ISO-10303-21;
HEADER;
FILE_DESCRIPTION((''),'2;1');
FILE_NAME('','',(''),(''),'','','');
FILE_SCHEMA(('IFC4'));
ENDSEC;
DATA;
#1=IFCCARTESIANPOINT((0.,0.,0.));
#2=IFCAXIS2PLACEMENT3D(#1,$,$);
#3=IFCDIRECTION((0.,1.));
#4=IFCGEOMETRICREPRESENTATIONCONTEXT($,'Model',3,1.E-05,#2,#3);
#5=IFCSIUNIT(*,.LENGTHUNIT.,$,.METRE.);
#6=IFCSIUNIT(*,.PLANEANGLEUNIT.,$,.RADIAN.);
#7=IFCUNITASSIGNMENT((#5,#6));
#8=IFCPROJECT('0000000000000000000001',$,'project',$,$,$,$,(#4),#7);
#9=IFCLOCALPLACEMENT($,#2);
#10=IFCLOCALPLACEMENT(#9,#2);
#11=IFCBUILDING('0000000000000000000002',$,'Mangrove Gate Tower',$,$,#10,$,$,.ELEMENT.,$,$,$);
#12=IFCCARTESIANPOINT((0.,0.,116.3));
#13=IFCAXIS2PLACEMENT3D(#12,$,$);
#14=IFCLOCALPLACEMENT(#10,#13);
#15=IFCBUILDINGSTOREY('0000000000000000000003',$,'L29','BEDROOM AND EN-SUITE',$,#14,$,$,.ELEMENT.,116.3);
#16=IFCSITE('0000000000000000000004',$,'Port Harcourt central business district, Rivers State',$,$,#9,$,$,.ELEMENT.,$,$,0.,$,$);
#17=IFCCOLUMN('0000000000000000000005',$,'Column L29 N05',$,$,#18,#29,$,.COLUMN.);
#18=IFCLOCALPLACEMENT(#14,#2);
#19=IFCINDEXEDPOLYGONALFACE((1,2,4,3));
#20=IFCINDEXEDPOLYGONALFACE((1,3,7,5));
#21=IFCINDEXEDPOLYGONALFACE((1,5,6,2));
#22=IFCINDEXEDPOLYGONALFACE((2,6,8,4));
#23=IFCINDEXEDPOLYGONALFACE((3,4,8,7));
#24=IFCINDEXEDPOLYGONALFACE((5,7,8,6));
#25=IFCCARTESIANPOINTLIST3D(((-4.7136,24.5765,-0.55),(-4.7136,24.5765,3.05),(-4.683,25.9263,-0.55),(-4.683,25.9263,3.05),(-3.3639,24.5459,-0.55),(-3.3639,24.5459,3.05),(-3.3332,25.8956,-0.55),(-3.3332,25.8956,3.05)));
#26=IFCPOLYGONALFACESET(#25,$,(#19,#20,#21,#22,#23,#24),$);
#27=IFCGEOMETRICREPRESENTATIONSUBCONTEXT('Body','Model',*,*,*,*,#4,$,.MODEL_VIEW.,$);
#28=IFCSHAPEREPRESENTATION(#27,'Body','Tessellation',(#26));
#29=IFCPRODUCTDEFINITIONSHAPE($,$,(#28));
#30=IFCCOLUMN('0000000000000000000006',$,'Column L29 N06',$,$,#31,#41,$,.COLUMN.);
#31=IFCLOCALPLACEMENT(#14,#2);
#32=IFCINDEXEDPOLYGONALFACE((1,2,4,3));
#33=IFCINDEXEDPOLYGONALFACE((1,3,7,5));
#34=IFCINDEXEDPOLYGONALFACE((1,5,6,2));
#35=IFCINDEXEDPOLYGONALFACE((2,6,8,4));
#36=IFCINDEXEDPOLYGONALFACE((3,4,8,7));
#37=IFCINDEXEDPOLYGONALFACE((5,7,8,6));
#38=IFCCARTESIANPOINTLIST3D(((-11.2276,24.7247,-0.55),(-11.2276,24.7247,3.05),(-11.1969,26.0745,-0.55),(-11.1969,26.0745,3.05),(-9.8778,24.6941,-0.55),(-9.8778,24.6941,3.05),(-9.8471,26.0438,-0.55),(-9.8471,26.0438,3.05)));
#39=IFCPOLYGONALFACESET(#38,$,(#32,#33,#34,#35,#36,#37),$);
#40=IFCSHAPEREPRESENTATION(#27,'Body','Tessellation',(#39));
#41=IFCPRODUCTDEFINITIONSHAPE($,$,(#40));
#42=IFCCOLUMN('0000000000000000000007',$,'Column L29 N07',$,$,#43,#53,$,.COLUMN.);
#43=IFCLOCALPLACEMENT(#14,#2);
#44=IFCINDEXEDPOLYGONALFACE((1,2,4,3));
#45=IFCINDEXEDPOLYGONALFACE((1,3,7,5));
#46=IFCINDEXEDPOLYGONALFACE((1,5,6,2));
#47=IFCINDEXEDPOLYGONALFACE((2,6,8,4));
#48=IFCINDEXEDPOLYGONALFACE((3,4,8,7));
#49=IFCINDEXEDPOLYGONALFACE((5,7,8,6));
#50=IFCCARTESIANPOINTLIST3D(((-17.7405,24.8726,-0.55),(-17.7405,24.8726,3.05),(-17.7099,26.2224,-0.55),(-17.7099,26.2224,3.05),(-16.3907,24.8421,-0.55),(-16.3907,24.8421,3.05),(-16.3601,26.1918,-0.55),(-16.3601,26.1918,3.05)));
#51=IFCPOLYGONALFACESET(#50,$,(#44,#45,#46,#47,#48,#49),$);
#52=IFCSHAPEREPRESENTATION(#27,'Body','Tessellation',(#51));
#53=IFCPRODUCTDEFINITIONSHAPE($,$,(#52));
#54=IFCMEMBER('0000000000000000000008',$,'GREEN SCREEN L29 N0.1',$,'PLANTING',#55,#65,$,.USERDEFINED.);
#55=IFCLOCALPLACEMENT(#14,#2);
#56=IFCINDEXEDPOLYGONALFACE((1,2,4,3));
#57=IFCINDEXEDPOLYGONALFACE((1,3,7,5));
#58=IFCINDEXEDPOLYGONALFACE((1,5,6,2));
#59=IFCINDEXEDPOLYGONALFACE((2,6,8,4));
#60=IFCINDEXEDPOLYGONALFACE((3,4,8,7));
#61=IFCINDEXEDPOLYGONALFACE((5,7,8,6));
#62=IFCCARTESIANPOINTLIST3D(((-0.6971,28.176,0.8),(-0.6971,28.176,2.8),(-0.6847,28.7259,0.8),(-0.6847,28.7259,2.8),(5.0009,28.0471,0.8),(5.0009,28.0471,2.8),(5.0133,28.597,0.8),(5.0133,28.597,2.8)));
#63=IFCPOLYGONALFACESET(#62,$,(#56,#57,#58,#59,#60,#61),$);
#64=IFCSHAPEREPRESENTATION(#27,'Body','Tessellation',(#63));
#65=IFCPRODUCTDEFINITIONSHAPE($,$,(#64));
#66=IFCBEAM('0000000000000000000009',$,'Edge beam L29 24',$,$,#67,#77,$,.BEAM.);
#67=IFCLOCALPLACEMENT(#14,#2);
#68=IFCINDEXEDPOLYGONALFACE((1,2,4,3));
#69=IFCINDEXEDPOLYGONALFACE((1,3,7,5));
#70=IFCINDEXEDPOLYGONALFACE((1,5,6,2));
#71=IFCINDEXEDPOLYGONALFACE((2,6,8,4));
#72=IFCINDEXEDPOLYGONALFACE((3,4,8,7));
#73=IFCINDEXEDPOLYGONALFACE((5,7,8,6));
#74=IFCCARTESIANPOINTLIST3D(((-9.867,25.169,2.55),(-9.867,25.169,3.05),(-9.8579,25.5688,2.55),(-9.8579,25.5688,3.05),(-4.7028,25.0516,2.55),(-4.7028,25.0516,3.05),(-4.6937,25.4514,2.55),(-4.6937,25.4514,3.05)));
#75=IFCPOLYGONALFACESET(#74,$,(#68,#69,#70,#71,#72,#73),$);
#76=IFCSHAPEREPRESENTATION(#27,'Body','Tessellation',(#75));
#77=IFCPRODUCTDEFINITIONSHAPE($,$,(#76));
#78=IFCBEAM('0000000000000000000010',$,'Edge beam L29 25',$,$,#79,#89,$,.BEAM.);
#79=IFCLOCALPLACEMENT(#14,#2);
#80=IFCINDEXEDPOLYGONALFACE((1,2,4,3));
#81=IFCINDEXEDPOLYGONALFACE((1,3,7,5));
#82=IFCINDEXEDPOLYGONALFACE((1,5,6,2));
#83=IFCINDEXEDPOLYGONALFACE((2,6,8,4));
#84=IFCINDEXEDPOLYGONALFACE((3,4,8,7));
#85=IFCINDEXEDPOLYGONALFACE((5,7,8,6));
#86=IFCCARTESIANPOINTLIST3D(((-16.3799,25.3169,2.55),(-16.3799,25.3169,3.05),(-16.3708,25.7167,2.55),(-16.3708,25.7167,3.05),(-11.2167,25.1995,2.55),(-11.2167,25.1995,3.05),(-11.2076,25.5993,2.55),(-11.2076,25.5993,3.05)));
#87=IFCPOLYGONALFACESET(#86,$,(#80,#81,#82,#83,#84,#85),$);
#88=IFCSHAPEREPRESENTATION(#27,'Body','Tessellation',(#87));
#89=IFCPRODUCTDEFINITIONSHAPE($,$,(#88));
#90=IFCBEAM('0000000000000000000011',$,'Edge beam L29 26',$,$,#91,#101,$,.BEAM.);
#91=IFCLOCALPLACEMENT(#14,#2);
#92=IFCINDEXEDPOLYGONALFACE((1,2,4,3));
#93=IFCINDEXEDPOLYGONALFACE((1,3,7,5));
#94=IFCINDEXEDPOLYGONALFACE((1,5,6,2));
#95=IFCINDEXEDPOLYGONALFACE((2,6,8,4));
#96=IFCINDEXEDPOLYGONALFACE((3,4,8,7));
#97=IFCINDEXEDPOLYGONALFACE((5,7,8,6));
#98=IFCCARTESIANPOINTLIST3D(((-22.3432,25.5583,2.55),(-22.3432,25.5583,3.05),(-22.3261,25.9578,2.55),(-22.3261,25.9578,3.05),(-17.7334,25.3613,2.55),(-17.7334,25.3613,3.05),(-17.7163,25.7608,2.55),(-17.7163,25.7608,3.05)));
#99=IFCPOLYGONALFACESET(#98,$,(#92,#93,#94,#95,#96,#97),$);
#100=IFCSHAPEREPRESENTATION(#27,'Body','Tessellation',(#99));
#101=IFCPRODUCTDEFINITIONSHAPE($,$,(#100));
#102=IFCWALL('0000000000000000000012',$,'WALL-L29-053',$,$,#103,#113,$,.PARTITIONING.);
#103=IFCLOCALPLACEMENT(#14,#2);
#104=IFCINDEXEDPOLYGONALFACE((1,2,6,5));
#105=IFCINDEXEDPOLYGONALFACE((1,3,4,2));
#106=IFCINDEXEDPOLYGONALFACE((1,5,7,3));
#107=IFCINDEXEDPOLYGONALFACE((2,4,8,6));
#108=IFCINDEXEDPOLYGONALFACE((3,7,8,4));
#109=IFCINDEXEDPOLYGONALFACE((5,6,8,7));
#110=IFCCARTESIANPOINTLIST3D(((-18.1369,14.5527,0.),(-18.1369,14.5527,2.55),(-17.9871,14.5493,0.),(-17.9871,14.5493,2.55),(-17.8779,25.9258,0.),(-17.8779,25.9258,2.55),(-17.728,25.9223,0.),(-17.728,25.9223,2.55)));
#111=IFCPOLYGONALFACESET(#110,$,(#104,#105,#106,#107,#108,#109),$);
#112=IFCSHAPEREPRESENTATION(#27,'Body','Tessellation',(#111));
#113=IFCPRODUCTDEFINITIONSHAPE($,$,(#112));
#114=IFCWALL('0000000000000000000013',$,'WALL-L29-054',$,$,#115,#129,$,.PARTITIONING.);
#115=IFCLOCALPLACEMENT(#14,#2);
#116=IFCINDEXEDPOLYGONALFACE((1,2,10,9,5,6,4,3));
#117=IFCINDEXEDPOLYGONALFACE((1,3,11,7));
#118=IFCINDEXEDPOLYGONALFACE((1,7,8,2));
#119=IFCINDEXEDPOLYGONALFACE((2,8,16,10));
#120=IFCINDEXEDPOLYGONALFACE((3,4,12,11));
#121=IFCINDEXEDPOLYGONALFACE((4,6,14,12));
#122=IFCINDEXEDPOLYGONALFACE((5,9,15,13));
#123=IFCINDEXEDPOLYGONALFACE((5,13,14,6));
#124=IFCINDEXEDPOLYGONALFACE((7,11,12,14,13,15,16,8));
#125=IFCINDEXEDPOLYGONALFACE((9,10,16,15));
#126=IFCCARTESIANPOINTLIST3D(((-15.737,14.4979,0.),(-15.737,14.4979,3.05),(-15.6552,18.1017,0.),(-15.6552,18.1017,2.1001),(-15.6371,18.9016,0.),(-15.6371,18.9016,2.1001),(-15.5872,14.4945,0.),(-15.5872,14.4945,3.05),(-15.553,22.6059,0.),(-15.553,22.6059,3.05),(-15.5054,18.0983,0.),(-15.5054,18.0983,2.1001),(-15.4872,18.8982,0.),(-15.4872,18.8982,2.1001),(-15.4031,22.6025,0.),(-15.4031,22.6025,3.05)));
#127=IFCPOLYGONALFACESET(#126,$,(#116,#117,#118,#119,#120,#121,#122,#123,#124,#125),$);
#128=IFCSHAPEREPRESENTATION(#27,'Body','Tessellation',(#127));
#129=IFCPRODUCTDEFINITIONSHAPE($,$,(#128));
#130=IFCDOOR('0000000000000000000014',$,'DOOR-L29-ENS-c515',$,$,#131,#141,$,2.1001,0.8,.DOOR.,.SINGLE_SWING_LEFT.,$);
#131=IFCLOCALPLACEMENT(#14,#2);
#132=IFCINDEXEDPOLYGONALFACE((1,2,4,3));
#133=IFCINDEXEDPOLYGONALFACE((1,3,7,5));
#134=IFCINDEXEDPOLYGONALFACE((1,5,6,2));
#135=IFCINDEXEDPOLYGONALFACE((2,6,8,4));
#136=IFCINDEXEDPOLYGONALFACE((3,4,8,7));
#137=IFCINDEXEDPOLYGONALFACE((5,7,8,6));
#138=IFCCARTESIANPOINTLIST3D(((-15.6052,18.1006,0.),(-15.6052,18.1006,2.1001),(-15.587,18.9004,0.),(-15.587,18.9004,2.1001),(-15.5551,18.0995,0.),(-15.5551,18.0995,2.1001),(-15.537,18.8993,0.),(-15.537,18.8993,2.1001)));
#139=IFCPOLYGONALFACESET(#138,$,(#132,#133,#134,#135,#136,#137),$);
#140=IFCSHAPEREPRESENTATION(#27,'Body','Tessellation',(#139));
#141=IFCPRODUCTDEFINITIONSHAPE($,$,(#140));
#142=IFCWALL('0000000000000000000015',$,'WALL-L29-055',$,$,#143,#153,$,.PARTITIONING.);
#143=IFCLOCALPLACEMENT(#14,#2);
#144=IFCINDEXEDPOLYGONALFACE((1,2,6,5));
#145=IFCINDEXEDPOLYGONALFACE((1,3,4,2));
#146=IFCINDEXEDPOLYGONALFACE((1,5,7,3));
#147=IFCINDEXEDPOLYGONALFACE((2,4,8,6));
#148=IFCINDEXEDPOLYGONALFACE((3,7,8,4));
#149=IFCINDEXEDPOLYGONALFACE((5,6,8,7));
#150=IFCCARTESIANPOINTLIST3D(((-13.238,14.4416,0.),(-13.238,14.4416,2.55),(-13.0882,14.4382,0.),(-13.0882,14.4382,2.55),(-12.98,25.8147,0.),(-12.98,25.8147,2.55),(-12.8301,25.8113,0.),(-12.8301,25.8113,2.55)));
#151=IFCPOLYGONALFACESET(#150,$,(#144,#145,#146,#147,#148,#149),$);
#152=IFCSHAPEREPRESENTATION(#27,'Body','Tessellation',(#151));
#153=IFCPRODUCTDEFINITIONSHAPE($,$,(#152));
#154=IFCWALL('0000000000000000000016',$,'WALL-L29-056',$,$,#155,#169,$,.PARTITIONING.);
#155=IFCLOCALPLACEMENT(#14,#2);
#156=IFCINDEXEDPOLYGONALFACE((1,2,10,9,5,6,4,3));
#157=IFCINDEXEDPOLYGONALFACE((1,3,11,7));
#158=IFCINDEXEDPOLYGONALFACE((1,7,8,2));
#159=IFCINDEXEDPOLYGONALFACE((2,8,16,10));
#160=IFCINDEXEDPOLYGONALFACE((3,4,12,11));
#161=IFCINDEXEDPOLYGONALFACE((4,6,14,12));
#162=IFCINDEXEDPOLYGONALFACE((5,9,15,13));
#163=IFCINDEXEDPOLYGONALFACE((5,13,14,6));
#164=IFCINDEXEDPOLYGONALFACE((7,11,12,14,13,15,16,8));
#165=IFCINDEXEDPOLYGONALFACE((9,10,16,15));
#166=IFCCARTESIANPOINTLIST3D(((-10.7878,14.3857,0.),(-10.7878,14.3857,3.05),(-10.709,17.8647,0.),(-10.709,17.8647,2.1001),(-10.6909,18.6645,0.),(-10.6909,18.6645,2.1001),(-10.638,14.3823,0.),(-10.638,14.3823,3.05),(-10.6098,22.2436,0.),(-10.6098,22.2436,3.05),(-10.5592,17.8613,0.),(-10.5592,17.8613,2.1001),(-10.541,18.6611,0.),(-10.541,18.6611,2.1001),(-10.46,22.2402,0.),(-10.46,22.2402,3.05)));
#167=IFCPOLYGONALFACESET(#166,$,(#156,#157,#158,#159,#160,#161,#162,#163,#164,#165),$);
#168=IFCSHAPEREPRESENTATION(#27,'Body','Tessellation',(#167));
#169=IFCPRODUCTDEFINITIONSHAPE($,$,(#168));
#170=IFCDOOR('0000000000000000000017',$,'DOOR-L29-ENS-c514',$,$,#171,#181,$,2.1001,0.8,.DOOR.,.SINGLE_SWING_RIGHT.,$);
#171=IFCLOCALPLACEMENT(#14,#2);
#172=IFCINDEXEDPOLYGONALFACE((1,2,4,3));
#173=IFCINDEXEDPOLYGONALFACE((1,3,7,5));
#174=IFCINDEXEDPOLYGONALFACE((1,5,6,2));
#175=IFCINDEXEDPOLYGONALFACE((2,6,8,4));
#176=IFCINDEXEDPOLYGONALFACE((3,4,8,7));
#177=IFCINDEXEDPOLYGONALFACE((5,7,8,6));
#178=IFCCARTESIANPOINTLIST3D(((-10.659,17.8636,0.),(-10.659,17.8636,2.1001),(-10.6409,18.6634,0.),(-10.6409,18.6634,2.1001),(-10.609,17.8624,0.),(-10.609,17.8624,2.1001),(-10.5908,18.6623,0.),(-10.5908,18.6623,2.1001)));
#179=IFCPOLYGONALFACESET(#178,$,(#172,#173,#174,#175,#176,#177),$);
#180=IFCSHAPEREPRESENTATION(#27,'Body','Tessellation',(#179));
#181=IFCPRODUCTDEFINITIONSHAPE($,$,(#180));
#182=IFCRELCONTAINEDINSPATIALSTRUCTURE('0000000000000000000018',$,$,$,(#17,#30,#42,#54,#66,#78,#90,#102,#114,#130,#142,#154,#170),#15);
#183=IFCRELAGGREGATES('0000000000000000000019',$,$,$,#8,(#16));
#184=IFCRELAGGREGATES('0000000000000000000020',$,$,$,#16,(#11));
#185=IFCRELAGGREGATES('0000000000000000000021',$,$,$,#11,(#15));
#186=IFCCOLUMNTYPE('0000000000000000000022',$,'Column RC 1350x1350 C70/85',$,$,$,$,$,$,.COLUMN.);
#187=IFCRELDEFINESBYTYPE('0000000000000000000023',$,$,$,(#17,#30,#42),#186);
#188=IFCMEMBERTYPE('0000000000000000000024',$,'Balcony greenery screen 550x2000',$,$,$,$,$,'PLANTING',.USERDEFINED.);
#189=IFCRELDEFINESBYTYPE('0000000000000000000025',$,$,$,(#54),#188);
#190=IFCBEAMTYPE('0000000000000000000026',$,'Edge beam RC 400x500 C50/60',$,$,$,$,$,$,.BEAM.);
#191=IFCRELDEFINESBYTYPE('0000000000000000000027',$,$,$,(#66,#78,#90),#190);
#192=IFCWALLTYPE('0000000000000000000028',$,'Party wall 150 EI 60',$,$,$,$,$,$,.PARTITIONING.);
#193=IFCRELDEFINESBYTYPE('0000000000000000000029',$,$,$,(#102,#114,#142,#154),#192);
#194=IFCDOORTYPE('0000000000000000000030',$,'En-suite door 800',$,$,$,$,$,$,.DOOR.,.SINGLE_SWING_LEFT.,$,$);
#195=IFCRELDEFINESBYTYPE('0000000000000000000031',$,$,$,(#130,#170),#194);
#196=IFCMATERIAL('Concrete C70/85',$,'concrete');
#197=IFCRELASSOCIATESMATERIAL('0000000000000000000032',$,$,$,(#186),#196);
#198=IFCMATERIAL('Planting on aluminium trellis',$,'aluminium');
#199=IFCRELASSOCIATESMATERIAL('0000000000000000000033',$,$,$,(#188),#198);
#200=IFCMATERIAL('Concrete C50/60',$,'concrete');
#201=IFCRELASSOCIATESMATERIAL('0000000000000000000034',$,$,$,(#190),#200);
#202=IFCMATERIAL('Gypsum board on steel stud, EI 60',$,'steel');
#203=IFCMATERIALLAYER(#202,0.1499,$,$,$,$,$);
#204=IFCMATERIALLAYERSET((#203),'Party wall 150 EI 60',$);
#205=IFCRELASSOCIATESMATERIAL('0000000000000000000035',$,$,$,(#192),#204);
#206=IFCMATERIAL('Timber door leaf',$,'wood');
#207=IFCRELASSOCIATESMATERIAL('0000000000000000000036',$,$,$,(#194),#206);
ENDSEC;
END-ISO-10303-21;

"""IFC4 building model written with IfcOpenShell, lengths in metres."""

from ifc_helpers import new_model, si_unit, direction, frame, frame_2d, origin, origin_2d, place, context, subcontext, project, spatial, rectangle, extrude, material, layer, layer_set, material_profile, profile_set, type_object, element, fill, save


model = new_model("IFC4")

# Units and contexts
model_context = context("Model", 3, precision=1e-05, world=origin(), true_north=direction((0.0, 1.0)))
body_context = subcontext(model_context, "Body", "Model", "MODEL_VIEW")
ifc_project = project(units=[si_unit("LENGTHUNIT", "METRE"), si_unit("PLANEANGLEUNIT", "RADIAN")], contexts=[model_context])

# Site, building, storey
site_placement = place(None, origin())
site = spatial("IfcSite", under=ifc_project, at=site_placement, Name="Port Harcourt central business district, Rivers State", CompositionType="ELEMENT", RefElevation=0.0)
building_placement = place(site_placement, origin())
building = spatial("IfcBuilding", under=site, at=building_placement, Name="Mangrove Gate Tower", CompositionType="ELEMENT")
storey_placement = place(building_placement, frame((0.0, 0.0, 116.3)))
storey = spatial("IfcBuildingStorey", under=building, at=storey_placement, Name="L29", Description="BEDROOM AND EN-SUITE", CompositionType="ELEMENT", Elevation=116.3)

# Columns
ifc_material_1 = material(Name="Concrete C70/85", Category="concrete")
ifc_material_profile_1 = material_profile(ifc_material_1, rectangle(XDim=1.3501, YDim=1.3501, at=origin_2d()))
ifc_profile_set_1 = profile_set([ifc_material_profile_1], Name="Concrete C70/85")
column_type = type_object("IfcColumnType", Name="Column RC 1350x1350 C70/85", PredefinedType="COLUMN", material=ifc_profile_set_1)
for number, where, z_axis, x_axis, name in (
    (1, (-4.0234, 25.2361, -0.55), (0.0, 0.0, 1.0), (-0.999742, 0.022714, 0.0), "Column L29 N05"),
    (2, (-10.5374, 25.3843, -0.55), (0.0, 0.0, 1.0), (-0.999742, 0.022716, 0.0), "Column L29 N06"),
    (3, (-17.0503, 25.5322, -0.55), (0.0, 0.0, 1.0), (-0.999744, 0.022639, 0.0), "Column L29 N07"),
):
    element("IfcColumn", number, at=place(storey_placement, frame(where, z_axis=z_axis, x_axis=x_axis)), inside=storey, type_object=column_type, Name=name, PredefinedType="COLUMN", context=body_context, shape_type="SweptSolid", body=[
        extrude(rectangle(XDim=1.3501, YDim=1.3501, at=origin_2d()), origin(), (0.0, 0.0, 1.0), 3.6001),
    ])

# Member
ifc_material_2 = material(Name="Planting on aluminium trellis", Category="aluminium")
ifc_material_profile_2 = material_profile(ifc_material_2, rectangle(XDim=0.55, YDim=2.0, at=origin_2d()))
ifc_profile_set_2 = profile_set([ifc_material_profile_2], Name="Planting on aluminium trellis")
member_type = type_object("IfcMemberType", Name="Balcony greenery screen 550x2000", ElementType="PLANTING", PredefinedType="USERDEFINED", material=ifc_profile_set_2)
member_placement = place(storey_placement, frame((-0.6909, 28.4509, 1.8), z_axis=(0.999744, -0.022617, 0.0), x_axis=(0.022617, 0.999744, 0.0)))
element("IfcMember", 4, at=member_placement, inside=storey, type_object=member_type, Name="GREEN SCREEN L29 N0.1", ObjectType="PLANTING", PredefinedType="USERDEFINED", context=body_context, shape_type="SweptSolid", body=[
    extrude(rectangle(XDim=0.55, YDim=2.0, at=origin_2d()), origin(), (0.0, 0.0, 1.0), 5.6995),
])

# Beams
ifc_material_3 = material(Name="Concrete C50/60", Category="concrete")
ifc_material_profile_3 = material_profile(ifc_material_3, rectangle(XDim=0.3999, YDim=0.5, at=origin_2d()))
ifc_profile_set_3 = profile_set([ifc_material_profile_3], Name="Concrete C50/60")
beam_type = type_object("IfcBeamType", Name="Edge beam RC 400x500 C50/60", PredefinedType="BEAM", material=ifc_profile_set_3)
beam_1_placement = place(storey_placement, frame((-4.6982, 25.2515, 2.8), z_axis=(-0.999742, 0.022733, 0.0), x_axis=(-0.022733, -0.999742, 0.0)))
element("IfcBeam", 5, at=beam_1_placement, inside=storey, type_object=beam_type, Name="Edge beam L29 24", PredefinedType="BEAM", context=body_context, shape_type="SweptSolid", body=[
    extrude(rectangle(XDim=0.3999, YDim=0.5, at=origin_2d()), origin(), (0.0, 0.0, 1.0), 5.1655),
])
beam_2_placement = place(storey_placement, frame((-11.2122, 25.3994, 2.8), z_axis=(-0.999741, 0.022738, 0.0), x_axis=(-0.022738, -0.999741, 0.0)))
element("IfcBeam", 6, at=beam_2_placement, inside=storey, type_object=beam_type, Name="Edge beam L29 25", PredefinedType="BEAM", context=body_context, shape_type="SweptSolid", body=[
    extrude(rectangle(XDim=0.3999, YDim=0.5, at=origin_2d()), origin(), (0.0, 0.0, 1.0), 5.1646),
])
beam_3_placement = place(storey_placement, frame((-17.7249, 25.561, 2.8), z_axis=(-0.999088, 0.0427, 0.0), x_axis=(-0.0427, -0.999088, 0.0)))
element("IfcBeam", 7, at=beam_3_placement, inside=storey, type_object=beam_type, Name="Edge beam L29 26", PredefinedType="BEAM", context=body_context, shape_type="SweptSolid", body=[
    extrude(rectangle(XDim=0.3999, YDim=0.5, at=origin_2d()), origin(), (0.0, 0.0, 1.0), 4.614),
])

# Wall
ifc_material_4 = material(Name="Gypsum board on steel stud, EI 60", Category="steel")
ifc_layer_1 = layer(ifc_material_4, 0.1499)
ifc_layer_set_1 = layer_set([ifc_layer_1], Name="Party wall 150 EI 60")
wall_type_1 = type_object("IfcWallType", Name="Party wall 150 EI 60", PredefinedType="PARTITIONING", material=ifc_layer_set_1)
wall_1_placement = place(storey_placement, frame((-18.062, 14.551, 0.0), z_axis=(0.0, 0.0, 1.0), x_axis=(0.02277, 0.999741, 0.0)))
element("IfcWall", 8, at=wall_1_placement, inside=storey, type_object=wall_type_1, Name="WALL-L29-053", PredefinedType="PARTITIONING", context=body_context, shape_type="SweptSolid", body=[
    extrude(rectangle(XDim=11.376, YDim=0.1499, at=frame_2d((5.688, 0.0))), origin(), (0.0, 0.0, 1.0), 2.55),
])

# Wall, opening, door
wall_2_placement = place(storey_placement, frame((-15.6621, 14.4961, 0.0), z_axis=(0.0, 0.0, 1.0), x_axis=(0.022698, 0.999742, 0.0)))
wall_2 = element("IfcWall", 9, at=wall_2_placement, inside=storey, type_object=wall_type_1, Name="WALL-L29-054", PredefinedType="PARTITIONING", context=body_context, shape_type="SweptSolid", body=[
    extrude(rectangle(XDim=8.1101, YDim=0.1499, at=frame_2d((4.0552, 0.0))), origin(), (0.0, 0.0, 1.0), 3.05),
])
opening_1_placement = place(wall_2_placement, frame((3.605, 0.0, 0.0)))
opening_1 = element("IfcOpeningElement", 10, at=opening_1_placement, cuts=wall_2, PredefinedType="OPENING", context=body_context, shape_type="SweptSolid", body=[
    extrude(rectangle(XDim=0.8, YDim=2.1001, at=frame_2d((0.3999, 1.05))), frame((0.0, 0.085, 0.0), z_axis=(0.0, -1.0, 0.0), x_axis=(1.0, 0.0, 0.0)), (0.0, 0.0, 1.0), 0.1699),
])
ifc_material_5 = material(Name="Timber door leaf", Category="wood")
door_type = type_object("IfcDoorType", Name="En-suite door 800", OperationType="SINGLE_SWING_LEFT", PredefinedType="DOOR", material=ifc_material_5)
door_1_placement = place(opening_1_placement, origin())
door_1 = element("IfcDoor", 11, at=door_1_placement, inside=storey, type_object=door_type, Name="DOOR-L29-ENS-c515", OperationType="SINGLE_SWING_LEFT", OverallHeight=2.1001, OverallWidth=0.8, PredefinedType="DOOR", context=body_context, shape_type="SweptSolid", body=[
    extrude(rectangle(XDim=0.8, YDim=2.1001, at=frame_2d((0.3999, 1.05))), frame((0.0, 0.0249, 0.0), z_axis=(0.0, -1.0, 0.0), x_axis=(1.0, 0.0, 0.0)), (0.0, 0.0, 1.0), 0.05),
])
fill(opening_1, door_1)

# Wall
wall_3_placement = place(storey_placement, frame((-13.1631, 14.4399, 0.0), z_axis=(0.0, 0.0, 1.0), x_axis=(0.022684, 0.999743, 0.0)))
element("IfcWall", 12, at=wall_3_placement, inside=storey, type_object=wall_type_1, Name="WALL-L29-055", PredefinedType="PARTITIONING", context=body_context, shape_type="SweptSolid", body=[
    extrude(rectangle(XDim=11.376, YDim=0.1499, at=frame_2d((5.688, 0.0))), origin(), (0.0, 0.0, 1.0), 2.55),
])

# Wall, opening, door
wall_4_placement = place(storey_placement, frame((-10.7129, 14.384, 0.0), z_axis=(0.0, 0.0, 1.0), x_axis=(0.022644, 0.999744, 0.0)))
wall_4 = element("IfcWall", 13, at=wall_4_placement, inside=storey, type_object=wall_type_1, Name="WALL-L29-056", PredefinedType="PARTITIONING", context=body_context, shape_type="SweptSolid", body=[
    extrude(rectangle(XDim=7.8599, YDim=0.1499, at=frame_2d((3.9299, 0.0))), origin(), (0.0, 0.0, 1.0), 3.05),
])
opening_2_placement = place(wall_4_placement, frame((3.48, 0.0, 0.0)))
opening_2 = element("IfcOpeningElement", 14, at=opening_2_placement, cuts=wall_4, PredefinedType="OPENING", context=body_context, shape_type="SweptSolid", body=[
    extrude(rectangle(XDim=0.8, YDim=2.1001, at=frame_2d((0.3999, 1.05))), frame((0.0, 0.085, 0.0), z_axis=(0.0, -1.0, 0.0), x_axis=(1.0, 0.0, 0.0)), (0.0, 0.0, 1.0), 0.1699),
])
door_2_placement = place(opening_2_placement, origin())
door_2 = element("IfcDoor", 15, at=door_2_placement, inside=storey, type_object=door_type, Name="DOOR-L29-ENS-c514", OperationType="SINGLE_SWING_RIGHT", OverallHeight=2.1001, OverallWidth=0.8, PredefinedType="DOOR", context=body_context, shape_type="SweptSolid", body=[
    extrude(rectangle(XDim=0.8, YDim=2.1001, at=frame_2d((0.3999, 1.05))), frame((0.0, 0.0249, 0.0), z_axis=(0.0, -1.0, 0.0), x_axis=(1.0, 0.0, 0.0)), (0.0, 0.0, 1.0), 0.05),
])
fill(opening_2, door_2)

save(model, "model.ifc")
